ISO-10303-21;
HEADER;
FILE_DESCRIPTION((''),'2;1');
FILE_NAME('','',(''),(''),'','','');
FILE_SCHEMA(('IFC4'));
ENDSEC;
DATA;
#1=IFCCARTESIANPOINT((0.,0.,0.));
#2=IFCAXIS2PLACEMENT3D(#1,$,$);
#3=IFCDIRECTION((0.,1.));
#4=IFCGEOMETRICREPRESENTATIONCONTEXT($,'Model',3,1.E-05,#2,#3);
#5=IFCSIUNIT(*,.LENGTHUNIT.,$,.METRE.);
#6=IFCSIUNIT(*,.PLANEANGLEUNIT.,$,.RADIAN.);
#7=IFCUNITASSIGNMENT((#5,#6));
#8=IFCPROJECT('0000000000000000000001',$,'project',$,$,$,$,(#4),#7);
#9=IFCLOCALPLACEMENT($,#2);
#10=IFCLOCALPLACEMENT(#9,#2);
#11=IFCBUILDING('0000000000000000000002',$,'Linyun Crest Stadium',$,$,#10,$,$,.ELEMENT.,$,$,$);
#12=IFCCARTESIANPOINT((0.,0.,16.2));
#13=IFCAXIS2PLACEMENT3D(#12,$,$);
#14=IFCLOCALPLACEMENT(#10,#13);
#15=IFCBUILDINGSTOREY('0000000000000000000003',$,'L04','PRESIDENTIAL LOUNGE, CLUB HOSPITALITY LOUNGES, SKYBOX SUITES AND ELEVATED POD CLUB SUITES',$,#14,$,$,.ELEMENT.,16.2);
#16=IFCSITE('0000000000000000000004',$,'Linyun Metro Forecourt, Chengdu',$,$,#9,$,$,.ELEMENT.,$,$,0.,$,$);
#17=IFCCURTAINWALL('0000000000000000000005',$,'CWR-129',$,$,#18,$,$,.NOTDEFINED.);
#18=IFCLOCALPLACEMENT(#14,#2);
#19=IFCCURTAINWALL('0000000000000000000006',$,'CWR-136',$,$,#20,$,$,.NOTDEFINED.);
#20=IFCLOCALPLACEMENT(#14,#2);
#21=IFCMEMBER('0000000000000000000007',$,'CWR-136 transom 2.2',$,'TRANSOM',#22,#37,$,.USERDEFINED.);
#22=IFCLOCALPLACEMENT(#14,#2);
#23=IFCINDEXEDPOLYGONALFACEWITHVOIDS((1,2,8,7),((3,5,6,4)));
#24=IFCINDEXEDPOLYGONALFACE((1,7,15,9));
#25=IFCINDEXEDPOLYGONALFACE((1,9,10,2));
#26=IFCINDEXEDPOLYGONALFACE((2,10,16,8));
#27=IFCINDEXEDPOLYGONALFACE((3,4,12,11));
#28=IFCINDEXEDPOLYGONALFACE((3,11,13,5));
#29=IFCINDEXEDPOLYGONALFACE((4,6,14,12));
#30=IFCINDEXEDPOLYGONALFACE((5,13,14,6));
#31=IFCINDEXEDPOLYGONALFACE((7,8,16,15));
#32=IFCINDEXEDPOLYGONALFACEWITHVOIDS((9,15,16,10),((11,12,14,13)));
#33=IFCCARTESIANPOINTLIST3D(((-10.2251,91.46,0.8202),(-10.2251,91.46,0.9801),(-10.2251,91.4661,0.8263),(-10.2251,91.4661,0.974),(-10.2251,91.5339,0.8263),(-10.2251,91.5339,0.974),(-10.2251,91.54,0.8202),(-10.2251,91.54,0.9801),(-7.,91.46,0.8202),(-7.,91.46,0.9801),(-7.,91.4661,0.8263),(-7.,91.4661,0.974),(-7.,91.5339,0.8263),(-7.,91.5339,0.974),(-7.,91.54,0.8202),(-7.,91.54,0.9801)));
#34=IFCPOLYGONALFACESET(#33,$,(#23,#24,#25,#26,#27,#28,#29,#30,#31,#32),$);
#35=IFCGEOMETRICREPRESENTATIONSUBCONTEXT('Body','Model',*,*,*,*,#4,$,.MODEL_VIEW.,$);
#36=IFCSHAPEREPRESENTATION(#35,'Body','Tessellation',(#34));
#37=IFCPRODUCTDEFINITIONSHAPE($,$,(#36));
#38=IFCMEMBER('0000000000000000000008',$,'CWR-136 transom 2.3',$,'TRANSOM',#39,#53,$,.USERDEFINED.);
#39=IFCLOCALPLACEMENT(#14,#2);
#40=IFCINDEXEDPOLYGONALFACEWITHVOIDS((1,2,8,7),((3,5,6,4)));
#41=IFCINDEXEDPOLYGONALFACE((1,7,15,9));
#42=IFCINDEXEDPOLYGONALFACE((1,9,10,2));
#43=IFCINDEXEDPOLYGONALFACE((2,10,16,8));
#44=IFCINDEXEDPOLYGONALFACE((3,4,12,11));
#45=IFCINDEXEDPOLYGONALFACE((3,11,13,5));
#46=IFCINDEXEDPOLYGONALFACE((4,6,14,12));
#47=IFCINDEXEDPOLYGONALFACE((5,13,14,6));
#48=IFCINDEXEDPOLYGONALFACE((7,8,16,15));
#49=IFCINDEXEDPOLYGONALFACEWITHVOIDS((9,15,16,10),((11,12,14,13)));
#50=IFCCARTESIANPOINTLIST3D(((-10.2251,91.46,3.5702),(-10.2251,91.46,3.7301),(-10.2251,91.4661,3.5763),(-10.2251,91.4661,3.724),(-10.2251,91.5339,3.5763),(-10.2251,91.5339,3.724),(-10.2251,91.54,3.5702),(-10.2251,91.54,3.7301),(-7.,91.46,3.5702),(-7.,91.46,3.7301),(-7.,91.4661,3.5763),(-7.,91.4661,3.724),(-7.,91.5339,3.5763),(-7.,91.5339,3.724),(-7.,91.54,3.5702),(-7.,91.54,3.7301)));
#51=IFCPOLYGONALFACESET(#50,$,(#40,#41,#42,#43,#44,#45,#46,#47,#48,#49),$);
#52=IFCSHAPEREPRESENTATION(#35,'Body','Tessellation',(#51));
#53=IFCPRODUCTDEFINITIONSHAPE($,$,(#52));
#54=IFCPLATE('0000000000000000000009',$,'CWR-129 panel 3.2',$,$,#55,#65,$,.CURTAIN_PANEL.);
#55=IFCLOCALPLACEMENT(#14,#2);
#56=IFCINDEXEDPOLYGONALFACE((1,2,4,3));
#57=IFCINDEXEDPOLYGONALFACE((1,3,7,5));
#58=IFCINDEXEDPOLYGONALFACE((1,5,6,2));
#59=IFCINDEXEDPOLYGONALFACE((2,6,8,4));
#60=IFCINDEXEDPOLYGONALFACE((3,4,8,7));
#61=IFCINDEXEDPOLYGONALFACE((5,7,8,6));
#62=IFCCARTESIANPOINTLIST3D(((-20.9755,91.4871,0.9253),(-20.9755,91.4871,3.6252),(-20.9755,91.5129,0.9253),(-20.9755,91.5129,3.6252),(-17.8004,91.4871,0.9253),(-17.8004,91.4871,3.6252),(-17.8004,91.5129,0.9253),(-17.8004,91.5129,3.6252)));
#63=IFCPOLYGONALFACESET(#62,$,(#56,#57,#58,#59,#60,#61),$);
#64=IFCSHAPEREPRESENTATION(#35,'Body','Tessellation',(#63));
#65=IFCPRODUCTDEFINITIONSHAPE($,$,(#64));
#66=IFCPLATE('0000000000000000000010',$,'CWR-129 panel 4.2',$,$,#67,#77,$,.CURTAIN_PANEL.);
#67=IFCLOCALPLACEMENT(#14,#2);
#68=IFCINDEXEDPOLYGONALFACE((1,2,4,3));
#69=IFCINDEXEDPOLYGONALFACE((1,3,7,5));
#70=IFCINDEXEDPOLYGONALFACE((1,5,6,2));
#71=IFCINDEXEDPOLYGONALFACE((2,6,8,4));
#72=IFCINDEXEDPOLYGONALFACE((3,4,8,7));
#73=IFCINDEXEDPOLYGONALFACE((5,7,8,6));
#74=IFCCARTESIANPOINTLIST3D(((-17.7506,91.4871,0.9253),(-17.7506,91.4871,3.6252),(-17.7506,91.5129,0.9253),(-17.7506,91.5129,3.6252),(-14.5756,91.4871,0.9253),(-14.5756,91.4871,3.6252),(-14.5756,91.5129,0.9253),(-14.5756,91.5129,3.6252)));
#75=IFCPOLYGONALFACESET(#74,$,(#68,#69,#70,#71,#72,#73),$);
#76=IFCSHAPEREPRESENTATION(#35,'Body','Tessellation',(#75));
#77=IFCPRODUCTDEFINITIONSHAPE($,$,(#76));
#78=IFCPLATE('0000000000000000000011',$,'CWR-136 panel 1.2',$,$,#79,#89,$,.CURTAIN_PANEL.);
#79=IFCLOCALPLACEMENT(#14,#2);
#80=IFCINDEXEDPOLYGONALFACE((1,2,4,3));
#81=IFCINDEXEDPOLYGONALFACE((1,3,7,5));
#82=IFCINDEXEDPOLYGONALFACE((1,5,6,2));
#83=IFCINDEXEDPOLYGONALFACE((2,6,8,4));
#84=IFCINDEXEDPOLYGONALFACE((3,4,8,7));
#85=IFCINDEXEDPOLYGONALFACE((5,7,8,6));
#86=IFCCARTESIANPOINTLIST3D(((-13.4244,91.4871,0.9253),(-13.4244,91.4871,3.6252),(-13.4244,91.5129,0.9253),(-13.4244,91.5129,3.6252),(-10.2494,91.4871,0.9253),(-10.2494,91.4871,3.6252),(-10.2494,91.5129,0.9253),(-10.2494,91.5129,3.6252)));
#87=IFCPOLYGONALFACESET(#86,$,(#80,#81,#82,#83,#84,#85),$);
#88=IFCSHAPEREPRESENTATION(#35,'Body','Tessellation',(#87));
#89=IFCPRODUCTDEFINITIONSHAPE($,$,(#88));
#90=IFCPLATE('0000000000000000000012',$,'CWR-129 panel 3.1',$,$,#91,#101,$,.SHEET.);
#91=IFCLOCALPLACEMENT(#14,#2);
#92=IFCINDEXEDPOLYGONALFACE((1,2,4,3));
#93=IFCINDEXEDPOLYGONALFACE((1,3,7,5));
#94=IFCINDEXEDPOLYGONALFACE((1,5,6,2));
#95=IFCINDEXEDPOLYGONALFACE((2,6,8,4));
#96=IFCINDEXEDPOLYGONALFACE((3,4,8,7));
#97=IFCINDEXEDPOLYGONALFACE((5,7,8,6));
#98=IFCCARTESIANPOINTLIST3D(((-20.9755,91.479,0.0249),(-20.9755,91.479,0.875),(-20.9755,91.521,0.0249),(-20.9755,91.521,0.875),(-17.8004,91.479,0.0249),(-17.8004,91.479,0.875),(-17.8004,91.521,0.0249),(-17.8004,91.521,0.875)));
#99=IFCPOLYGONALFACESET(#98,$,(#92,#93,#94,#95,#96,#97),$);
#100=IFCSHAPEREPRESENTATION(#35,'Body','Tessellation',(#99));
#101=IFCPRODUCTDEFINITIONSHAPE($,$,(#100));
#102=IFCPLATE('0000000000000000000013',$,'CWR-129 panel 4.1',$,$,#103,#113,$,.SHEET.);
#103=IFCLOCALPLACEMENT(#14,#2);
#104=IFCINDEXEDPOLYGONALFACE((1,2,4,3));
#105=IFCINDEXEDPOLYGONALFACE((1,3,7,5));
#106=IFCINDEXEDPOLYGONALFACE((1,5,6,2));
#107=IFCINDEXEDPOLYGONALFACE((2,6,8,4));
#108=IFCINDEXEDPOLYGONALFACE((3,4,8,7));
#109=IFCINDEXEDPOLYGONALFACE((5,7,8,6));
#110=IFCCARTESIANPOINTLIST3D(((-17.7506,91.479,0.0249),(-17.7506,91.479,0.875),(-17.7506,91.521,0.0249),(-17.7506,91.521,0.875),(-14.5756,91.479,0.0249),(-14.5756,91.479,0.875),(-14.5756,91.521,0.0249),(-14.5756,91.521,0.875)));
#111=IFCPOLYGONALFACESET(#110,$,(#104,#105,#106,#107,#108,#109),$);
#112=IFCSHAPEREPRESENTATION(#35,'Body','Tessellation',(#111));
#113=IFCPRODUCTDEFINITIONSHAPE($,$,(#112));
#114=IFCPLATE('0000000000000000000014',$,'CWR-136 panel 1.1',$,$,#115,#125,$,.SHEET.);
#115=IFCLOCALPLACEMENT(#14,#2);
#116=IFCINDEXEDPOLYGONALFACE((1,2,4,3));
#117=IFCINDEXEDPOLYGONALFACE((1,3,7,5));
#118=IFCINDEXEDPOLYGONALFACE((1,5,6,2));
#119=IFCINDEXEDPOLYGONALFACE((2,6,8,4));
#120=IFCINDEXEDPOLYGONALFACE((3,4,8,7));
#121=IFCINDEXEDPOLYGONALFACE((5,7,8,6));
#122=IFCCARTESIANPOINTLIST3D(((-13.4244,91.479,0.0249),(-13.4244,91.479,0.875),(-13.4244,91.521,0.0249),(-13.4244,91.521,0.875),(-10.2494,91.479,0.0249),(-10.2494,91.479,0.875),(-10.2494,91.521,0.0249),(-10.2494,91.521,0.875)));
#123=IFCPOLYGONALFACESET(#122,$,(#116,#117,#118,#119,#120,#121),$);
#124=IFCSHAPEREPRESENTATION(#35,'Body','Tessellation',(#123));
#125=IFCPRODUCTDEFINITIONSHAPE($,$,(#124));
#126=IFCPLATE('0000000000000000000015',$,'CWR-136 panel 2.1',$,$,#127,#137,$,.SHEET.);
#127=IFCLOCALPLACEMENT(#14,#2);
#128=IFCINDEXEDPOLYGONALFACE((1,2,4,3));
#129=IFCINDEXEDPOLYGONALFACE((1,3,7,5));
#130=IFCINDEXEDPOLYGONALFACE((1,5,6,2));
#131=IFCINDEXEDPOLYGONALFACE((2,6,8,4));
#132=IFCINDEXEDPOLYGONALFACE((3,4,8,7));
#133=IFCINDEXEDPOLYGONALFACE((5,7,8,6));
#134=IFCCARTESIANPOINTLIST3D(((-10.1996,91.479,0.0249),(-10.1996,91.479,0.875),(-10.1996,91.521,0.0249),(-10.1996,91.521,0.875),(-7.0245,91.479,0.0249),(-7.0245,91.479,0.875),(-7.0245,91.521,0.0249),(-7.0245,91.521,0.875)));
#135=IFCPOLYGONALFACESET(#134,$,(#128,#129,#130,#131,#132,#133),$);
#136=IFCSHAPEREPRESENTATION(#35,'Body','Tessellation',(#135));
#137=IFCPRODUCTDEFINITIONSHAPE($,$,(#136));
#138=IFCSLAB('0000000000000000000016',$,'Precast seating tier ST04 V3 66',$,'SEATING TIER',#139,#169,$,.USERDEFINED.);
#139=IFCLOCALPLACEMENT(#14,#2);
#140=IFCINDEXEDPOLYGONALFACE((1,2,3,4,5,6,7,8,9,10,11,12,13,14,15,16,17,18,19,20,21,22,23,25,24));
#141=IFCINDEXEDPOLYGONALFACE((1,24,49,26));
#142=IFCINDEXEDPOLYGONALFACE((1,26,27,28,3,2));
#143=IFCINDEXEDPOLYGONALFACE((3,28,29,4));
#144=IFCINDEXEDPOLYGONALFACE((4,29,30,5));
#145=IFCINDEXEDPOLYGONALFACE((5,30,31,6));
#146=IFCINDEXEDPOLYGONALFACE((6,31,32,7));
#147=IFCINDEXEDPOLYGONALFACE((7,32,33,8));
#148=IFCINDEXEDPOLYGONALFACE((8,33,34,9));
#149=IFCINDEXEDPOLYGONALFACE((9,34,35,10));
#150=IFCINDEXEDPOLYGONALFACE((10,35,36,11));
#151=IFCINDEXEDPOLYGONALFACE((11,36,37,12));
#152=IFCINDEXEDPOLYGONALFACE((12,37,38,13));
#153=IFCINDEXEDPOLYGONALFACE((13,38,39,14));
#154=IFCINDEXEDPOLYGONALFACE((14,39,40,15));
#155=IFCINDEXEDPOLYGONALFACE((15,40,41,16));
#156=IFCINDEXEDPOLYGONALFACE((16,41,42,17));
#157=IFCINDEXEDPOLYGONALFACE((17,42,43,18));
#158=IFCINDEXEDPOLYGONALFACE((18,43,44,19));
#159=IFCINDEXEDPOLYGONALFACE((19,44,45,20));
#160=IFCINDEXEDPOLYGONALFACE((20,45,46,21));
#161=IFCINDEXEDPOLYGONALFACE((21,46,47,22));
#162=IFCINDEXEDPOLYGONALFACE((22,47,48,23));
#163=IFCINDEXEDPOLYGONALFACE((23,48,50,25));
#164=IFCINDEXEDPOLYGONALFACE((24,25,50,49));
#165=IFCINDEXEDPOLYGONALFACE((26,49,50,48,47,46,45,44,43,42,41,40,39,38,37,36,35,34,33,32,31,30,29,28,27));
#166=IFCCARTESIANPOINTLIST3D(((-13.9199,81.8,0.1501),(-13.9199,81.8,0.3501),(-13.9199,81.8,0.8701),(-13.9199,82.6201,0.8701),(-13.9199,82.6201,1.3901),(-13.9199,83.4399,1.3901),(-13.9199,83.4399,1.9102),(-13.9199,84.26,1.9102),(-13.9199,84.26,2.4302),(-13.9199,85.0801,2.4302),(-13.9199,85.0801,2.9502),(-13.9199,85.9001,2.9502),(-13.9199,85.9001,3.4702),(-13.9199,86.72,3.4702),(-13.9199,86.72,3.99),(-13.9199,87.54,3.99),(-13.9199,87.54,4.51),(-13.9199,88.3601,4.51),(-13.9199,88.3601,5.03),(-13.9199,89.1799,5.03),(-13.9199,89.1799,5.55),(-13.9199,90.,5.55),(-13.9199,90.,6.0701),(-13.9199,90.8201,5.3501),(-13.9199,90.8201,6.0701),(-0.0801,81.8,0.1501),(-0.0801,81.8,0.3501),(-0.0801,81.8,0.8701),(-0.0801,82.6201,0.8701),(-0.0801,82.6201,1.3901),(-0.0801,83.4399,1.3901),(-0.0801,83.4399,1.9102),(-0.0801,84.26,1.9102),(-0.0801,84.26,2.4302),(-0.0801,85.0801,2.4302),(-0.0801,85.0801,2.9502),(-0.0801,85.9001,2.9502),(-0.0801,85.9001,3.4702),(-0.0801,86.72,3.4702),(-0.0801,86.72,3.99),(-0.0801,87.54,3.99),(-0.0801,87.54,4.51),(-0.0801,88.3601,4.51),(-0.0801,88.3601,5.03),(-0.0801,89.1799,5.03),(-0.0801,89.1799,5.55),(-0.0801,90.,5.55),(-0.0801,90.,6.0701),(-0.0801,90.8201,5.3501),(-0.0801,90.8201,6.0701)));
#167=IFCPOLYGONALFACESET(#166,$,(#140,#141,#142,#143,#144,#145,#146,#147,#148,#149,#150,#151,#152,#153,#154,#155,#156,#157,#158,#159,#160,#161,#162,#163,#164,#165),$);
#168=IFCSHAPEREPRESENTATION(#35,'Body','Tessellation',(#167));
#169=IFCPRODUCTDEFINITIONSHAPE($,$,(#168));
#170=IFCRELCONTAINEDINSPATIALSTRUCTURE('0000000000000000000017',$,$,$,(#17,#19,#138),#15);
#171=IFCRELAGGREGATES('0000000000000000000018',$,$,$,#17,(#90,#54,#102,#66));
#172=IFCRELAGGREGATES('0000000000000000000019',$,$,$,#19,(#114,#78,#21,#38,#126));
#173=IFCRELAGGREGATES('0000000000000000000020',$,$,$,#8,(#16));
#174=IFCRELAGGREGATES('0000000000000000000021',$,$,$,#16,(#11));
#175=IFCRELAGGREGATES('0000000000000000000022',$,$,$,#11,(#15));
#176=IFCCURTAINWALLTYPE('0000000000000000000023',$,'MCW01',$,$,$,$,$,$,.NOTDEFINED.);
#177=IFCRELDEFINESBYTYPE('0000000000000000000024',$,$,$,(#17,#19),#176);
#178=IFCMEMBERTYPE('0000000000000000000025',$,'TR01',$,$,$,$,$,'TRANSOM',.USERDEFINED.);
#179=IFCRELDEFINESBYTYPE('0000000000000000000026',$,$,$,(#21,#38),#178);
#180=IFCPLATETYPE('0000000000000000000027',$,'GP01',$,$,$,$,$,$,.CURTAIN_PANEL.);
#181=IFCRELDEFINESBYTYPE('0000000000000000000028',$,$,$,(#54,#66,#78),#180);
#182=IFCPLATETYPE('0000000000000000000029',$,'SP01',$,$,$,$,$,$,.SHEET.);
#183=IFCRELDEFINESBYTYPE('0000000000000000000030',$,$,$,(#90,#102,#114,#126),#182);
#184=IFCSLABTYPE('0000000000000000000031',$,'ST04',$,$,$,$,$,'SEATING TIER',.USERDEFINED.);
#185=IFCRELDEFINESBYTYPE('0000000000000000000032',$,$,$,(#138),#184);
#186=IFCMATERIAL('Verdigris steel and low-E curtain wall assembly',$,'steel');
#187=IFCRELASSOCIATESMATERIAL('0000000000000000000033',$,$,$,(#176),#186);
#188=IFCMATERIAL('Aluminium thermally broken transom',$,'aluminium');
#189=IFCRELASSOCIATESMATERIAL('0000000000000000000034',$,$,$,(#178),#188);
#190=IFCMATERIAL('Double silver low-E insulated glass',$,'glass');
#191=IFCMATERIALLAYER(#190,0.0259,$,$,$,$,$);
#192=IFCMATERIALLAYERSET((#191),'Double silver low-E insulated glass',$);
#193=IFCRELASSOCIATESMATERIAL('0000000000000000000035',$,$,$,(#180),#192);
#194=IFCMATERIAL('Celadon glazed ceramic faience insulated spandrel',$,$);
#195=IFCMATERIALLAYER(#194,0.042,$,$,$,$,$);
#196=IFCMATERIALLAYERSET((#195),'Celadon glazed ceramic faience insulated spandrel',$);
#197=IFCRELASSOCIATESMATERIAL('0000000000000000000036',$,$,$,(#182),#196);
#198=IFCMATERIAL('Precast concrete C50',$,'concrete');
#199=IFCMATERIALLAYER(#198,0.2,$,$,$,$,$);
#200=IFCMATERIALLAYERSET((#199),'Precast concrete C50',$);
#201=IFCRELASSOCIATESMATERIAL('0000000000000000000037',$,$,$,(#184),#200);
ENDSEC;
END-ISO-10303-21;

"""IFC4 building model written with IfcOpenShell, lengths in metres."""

from ifc_helpers import new_model, si_unit, direction, frame, origin, origin_2d, place, context, subcontext, project, spatial, polyline, rectangle, hollow_rectangle, outline, extrude, material, layer, layer_set, material_profile, profile_set, type_object, element, aggregate, save


model = new_model("IFC4")

# Units and contexts
model_context = context("Model", 3, precision=1e-05, world=origin(), true_north=direction((0.0, 1.0)))
body_context = subcontext(model_context, "Body", "Model", "MODEL_VIEW")
ifc_project = project(units=[si_unit("LENGTHUNIT", "METRE"), si_unit("PLANEANGLEUNIT", "RADIAN")], contexts=[model_context])

# Site, building, storey
site_placement = place(None, origin())
site = spatial("IfcSite", under=ifc_project, at=site_placement, Name="Linyun Metro Forecourt, Chengdu", CompositionType="ELEMENT", RefElevation=0.0)
building_placement = place(site_placement, origin())
building = spatial("IfcBuilding", under=site, at=building_placement, Name="Linyun Crest Stadium", CompositionType="ELEMENT")
storey_placement = place(building_placement, frame((0.0, 0.0, 16.2)))
storey = spatial("IfcBuildingStorey", under=building, at=storey_placement, Name="L04", Description="PRESIDENTIAL LOUNGE, CLUB HOSPITALITY LOUNGES, SKYBOX SUITES AND ELEVATED POD CLUB SUITES", CompositionType="ELEMENT", Elevation=16.2)

# Curtain walls
ifc_material_1 = material(Name="Verdigris steel and low-E curtain wall assembly", Category="steel")
curtain_wall_type = type_object("IfcCurtainWallType", Name="MCW01", PredefinedType="NOTDEFINED", material=ifc_material_1)
curtain_wall_1_placement = place(storey_placement, origin())
curtain_wall_1 = element("IfcCurtainWall", 1, at=curtain_wall_1_placement, inside=storey, type_object=curtain_wall_type, Name="CWR-129", PredefinedType="NOTDEFINED")
curtain_wall_2_placement = place(storey_placement, origin())
curtain_wall_2 = element("IfcCurtainWall", 2, at=curtain_wall_2_placement, inside=storey, type_object=curtain_wall_type, Name="CWR-136", PredefinedType="NOTDEFINED")

# Members
ifc_material_2 = material(Name="Aluminium thermally broken transom", Category="aluminium")
ifc_material_profile_1 = material_profile(ifc_material_2, hollow_rectangle(XDim=0.0801, YDim=0.1599, WallThickness=0.0061, at=origin_2d()), Name="RHS 160x80x6")
ifc_profile_set_1 = profile_set([ifc_material_profile_1], Name="Aluminium thermally broken transom")
member_type_1 = type_object("IfcMemberType", Name="TR01", ElementType="TRANSOM", PredefinedType="USERDEFINED", material=ifc_profile_set_1)
member_1_placement = place(storey_placement, frame((-10.2251, 91.5, 0.9001), z_axis=(1.0, 0.0, 0.0), x_axis=(0.0, 1.0, 0.0)))
member_1 = element("IfcMember", 3, at=member_1_placement, type_object=member_type_1, Name="CWR-136 transom 2.2", ObjectType="TRANSOM", PredefinedType="USERDEFINED", context=body_context, shape_type="SweptSolid", body=[
    extrude(hollow_rectangle(XDim=0.0801, YDim=0.1599, WallThickness=0.0061, at=origin_2d()), origin(), (0.0, 0.0, 1.0), 3.2251),
])
member_2_placement = place(storey_placement, frame((-10.2251, 91.5, 3.6501), z_axis=(1.0, 0.0, 0.0), x_axis=(0.0, 1.0, 0.0)))
member_2 = element("IfcMember", 4, at=member_2_placement, type_object=member_type_1, Name="CWR-136 transom 2.3", ObjectType="TRANSOM", PredefinedType="USERDEFINED", context=body_context, shape_type="SweptSolid", body=[
    extrude(hollow_rectangle(XDim=0.0801, YDim=0.1599, WallThickness=0.0061, at=origin_2d()), origin(), (0.0, 0.0, 1.0), 3.2251),
])

# Plates
ifc_material_3 = material(Name="Double silver low-E insulated glass", Category="glass")
ifc_layer_1 = layer(ifc_material_3, 0.0259)
ifc_layer_set_1 = layer_set([ifc_layer_1], Name="Double silver low-E insulated glass")
plate_type_1 = type_object("IfcPlateType", Name="GP01", PredefinedType="CURTAIN_PANEL", material=ifc_layer_set_1)
plate_1_placement = place(storey_placement, frame((-19.3879, 91.5, 0.9253), z_axis=(0.0, 0.0, 1.0), x_axis=(1.0, 0.0, 0.0)))
plate_1 = element("IfcPlate", 5, at=plate_1_placement, type_object=plate_type_1, Name="CWR-129 panel 3.2", PredefinedType="CURTAIN_PANEL", context=body_context, shape_type="SweptSolid", body=[
    extrude(rectangle(XDim=3.175, YDim=0.0259, at=origin_2d()), origin(), (0.0, 0.0, 1.0), 2.7),
])
plate_2_placement = place(storey_placement, frame((-16.1631, 91.5, 0.9253), z_axis=(0.0, 0.0, 1.0), x_axis=(1.0, 0.0, 0.0)))
plate_2 = element("IfcPlate", 6, at=plate_2_placement, type_object=plate_type_1, Name="CWR-129 panel 4.2", PredefinedType="CURTAIN_PANEL", context=body_context, shape_type="SweptSolid", body=[
    extrude(rectangle(XDim=3.175, YDim=0.0259, at=origin_2d()), origin(), (0.0, 0.0, 1.0), 2.7),
])
plate_3_placement = place(storey_placement, frame((-11.8369, 91.5, 0.9253), z_axis=(0.0, 0.0, 1.0), x_axis=(1.0, 0.0, 0.0)))
plate_3 = element("IfcPlate", 7, at=plate_3_placement, type_object=plate_type_1, Name="CWR-136 panel 1.2", PredefinedType="CURTAIN_PANEL", context=body_context, shape_type="SweptSolid", body=[
    extrude(rectangle(XDim=3.175, YDim=0.0259, at=origin_2d()), origin(), (0.0, 0.0, 1.0), 2.7),
])
ifc_material_4 = material(Name="Celadon glazed ceramic faience insulated spandrel")
ifc_layer_2 = layer(ifc_material_4, 0.042)
ifc_layer_set_2 = layer_set([ifc_layer_2], Name="Celadon glazed ceramic faience insulated spandrel")
plate_type_2 = type_object("IfcPlateType", Name="SP01", PredefinedType="SHEET", material=ifc_layer_set_2)
plate_4_placement = place(storey_placement, frame((-19.3879, 91.5, 0.0249), z_axis=(0.0, 0.0, 1.0), x_axis=(1.0, 0.0, 0.0)))
plate_4 = element("IfcPlate", 8, at=plate_4_placement, type_object=plate_type_2, Name="CWR-129 panel 3.1", PredefinedType="SHEET", context=body_context, shape_type="SweptSolid", body=[
    extrude(rectangle(XDim=3.175, YDim=0.042, at=origin_2d()), origin(), (0.0, 0.0, 1.0), 0.8501),
])
plate_5_placement = place(storey_placement, frame((-16.1631, 91.5, 0.0249), z_axis=(0.0, 0.0, 1.0), x_axis=(1.0, 0.0, 0.0)))
plate_5 = element("IfcPlate", 9, at=plate_5_placement, type_object=plate_type_2, Name="CWR-129 panel 4.1", PredefinedType="SHEET", context=body_context, shape_type="SweptSolid", body=[
    extrude(rectangle(XDim=3.175, YDim=0.042, at=origin_2d()), origin(), (0.0, 0.0, 1.0), 0.8501),
])
aggregate(curtain_wall_1, [plate_4, plate_1, plate_5, plate_2])
plate_6_placement = place(storey_placement, frame((-11.8369, 91.5, 0.0249), z_axis=(0.0, 0.0, 1.0), x_axis=(1.0, 0.0, 0.0)))
plate_6 = element("IfcPlate", 10, at=plate_6_placement, type_object=plate_type_2, Name="CWR-136 panel 1.1", PredefinedType="SHEET", context=body_context, shape_type="SweptSolid", body=[
    extrude(rectangle(XDim=3.175, YDim=0.042, at=origin_2d()), origin(), (0.0, 0.0, 1.0), 0.8501),
])
plate_7_placement = place(storey_placement, frame((-8.6121, 91.5, 0.0249), z_axis=(0.0, 0.0, 1.0), x_axis=(1.0, 0.0, 0.0)))
plate_7 = element("IfcPlate", 11, at=plate_7_placement, type_object=plate_type_2, Name="CWR-136 panel 2.1", PredefinedType="SHEET", context=body_context, shape_type="SweptSolid", body=[
    extrude(rectangle(XDim=3.175, YDim=0.042, at=origin_2d()), origin(), (0.0, 0.0, 1.0), 0.8501),
])
aggregate(curtain_wall_2, [plate_6, plate_3, member_1, member_2, plate_7])

# Slab
ifc_material_5 = material(Name="Precast concrete C50", Category="concrete")
ifc_layer_3 = layer(ifc_material_5, 0.2)
ifc_layer_set_3 = layer_set([ifc_layer_3], Name="Precast concrete C50")
slab_type = type_object("IfcSlabType", Name="ST04", ElementType="SEATING TIER", PredefinedType="USERDEFINED", material=ifc_layer_set_3)
slab_placement = place(storey_placement, frame((-13.9199, 81.8, 0.3501), z_axis=(0.0, 0.0, 1.0), x_axis=(0.0, 1.0, 0.0)))
element("IfcSlab", 12, at=slab_placement, inside=storey, type_object=slab_type, Name="Precast seating tier ST04 V3 66", ObjectType="SEATING TIER", PredefinedType="USERDEFINED", context=body_context, shape_type="SweptSolid", body=[
    extrude(outline(polyline([(0.0, 0.0), (0.0, 0.52), (0.8201, 0.52), (0.8201, 1.04), (1.6399, 1.04), (1.6399, 1.5601), (2.46, 1.5601), (2.46, 2.0801), (3.28, 2.0801), (3.28, 2.6001), (4.1001, 2.6001), (4.1001, 3.1201), (4.9199, 3.1201), (4.9199, 3.6399), (5.74, 3.6399), (5.74, 4.1599), (6.5601, 4.1599), (6.5601, 4.6799), (7.3799, 4.6799), (7.3799, 5.2), (8.2, 5.2), (8.2, 5.72), (9.02, 5.72), (9.02, 5.0), (0.0, -0.2), (0.0, 0.0)])), frame((0.0, 0.0, 0.0), z_axis=(0.0, -1.0, 0.0), x_axis=(1.0, 0.0, 0.0)), (0.0, 0.0, 1.0), 13.8398),
])

save(model, "model.ifc")
